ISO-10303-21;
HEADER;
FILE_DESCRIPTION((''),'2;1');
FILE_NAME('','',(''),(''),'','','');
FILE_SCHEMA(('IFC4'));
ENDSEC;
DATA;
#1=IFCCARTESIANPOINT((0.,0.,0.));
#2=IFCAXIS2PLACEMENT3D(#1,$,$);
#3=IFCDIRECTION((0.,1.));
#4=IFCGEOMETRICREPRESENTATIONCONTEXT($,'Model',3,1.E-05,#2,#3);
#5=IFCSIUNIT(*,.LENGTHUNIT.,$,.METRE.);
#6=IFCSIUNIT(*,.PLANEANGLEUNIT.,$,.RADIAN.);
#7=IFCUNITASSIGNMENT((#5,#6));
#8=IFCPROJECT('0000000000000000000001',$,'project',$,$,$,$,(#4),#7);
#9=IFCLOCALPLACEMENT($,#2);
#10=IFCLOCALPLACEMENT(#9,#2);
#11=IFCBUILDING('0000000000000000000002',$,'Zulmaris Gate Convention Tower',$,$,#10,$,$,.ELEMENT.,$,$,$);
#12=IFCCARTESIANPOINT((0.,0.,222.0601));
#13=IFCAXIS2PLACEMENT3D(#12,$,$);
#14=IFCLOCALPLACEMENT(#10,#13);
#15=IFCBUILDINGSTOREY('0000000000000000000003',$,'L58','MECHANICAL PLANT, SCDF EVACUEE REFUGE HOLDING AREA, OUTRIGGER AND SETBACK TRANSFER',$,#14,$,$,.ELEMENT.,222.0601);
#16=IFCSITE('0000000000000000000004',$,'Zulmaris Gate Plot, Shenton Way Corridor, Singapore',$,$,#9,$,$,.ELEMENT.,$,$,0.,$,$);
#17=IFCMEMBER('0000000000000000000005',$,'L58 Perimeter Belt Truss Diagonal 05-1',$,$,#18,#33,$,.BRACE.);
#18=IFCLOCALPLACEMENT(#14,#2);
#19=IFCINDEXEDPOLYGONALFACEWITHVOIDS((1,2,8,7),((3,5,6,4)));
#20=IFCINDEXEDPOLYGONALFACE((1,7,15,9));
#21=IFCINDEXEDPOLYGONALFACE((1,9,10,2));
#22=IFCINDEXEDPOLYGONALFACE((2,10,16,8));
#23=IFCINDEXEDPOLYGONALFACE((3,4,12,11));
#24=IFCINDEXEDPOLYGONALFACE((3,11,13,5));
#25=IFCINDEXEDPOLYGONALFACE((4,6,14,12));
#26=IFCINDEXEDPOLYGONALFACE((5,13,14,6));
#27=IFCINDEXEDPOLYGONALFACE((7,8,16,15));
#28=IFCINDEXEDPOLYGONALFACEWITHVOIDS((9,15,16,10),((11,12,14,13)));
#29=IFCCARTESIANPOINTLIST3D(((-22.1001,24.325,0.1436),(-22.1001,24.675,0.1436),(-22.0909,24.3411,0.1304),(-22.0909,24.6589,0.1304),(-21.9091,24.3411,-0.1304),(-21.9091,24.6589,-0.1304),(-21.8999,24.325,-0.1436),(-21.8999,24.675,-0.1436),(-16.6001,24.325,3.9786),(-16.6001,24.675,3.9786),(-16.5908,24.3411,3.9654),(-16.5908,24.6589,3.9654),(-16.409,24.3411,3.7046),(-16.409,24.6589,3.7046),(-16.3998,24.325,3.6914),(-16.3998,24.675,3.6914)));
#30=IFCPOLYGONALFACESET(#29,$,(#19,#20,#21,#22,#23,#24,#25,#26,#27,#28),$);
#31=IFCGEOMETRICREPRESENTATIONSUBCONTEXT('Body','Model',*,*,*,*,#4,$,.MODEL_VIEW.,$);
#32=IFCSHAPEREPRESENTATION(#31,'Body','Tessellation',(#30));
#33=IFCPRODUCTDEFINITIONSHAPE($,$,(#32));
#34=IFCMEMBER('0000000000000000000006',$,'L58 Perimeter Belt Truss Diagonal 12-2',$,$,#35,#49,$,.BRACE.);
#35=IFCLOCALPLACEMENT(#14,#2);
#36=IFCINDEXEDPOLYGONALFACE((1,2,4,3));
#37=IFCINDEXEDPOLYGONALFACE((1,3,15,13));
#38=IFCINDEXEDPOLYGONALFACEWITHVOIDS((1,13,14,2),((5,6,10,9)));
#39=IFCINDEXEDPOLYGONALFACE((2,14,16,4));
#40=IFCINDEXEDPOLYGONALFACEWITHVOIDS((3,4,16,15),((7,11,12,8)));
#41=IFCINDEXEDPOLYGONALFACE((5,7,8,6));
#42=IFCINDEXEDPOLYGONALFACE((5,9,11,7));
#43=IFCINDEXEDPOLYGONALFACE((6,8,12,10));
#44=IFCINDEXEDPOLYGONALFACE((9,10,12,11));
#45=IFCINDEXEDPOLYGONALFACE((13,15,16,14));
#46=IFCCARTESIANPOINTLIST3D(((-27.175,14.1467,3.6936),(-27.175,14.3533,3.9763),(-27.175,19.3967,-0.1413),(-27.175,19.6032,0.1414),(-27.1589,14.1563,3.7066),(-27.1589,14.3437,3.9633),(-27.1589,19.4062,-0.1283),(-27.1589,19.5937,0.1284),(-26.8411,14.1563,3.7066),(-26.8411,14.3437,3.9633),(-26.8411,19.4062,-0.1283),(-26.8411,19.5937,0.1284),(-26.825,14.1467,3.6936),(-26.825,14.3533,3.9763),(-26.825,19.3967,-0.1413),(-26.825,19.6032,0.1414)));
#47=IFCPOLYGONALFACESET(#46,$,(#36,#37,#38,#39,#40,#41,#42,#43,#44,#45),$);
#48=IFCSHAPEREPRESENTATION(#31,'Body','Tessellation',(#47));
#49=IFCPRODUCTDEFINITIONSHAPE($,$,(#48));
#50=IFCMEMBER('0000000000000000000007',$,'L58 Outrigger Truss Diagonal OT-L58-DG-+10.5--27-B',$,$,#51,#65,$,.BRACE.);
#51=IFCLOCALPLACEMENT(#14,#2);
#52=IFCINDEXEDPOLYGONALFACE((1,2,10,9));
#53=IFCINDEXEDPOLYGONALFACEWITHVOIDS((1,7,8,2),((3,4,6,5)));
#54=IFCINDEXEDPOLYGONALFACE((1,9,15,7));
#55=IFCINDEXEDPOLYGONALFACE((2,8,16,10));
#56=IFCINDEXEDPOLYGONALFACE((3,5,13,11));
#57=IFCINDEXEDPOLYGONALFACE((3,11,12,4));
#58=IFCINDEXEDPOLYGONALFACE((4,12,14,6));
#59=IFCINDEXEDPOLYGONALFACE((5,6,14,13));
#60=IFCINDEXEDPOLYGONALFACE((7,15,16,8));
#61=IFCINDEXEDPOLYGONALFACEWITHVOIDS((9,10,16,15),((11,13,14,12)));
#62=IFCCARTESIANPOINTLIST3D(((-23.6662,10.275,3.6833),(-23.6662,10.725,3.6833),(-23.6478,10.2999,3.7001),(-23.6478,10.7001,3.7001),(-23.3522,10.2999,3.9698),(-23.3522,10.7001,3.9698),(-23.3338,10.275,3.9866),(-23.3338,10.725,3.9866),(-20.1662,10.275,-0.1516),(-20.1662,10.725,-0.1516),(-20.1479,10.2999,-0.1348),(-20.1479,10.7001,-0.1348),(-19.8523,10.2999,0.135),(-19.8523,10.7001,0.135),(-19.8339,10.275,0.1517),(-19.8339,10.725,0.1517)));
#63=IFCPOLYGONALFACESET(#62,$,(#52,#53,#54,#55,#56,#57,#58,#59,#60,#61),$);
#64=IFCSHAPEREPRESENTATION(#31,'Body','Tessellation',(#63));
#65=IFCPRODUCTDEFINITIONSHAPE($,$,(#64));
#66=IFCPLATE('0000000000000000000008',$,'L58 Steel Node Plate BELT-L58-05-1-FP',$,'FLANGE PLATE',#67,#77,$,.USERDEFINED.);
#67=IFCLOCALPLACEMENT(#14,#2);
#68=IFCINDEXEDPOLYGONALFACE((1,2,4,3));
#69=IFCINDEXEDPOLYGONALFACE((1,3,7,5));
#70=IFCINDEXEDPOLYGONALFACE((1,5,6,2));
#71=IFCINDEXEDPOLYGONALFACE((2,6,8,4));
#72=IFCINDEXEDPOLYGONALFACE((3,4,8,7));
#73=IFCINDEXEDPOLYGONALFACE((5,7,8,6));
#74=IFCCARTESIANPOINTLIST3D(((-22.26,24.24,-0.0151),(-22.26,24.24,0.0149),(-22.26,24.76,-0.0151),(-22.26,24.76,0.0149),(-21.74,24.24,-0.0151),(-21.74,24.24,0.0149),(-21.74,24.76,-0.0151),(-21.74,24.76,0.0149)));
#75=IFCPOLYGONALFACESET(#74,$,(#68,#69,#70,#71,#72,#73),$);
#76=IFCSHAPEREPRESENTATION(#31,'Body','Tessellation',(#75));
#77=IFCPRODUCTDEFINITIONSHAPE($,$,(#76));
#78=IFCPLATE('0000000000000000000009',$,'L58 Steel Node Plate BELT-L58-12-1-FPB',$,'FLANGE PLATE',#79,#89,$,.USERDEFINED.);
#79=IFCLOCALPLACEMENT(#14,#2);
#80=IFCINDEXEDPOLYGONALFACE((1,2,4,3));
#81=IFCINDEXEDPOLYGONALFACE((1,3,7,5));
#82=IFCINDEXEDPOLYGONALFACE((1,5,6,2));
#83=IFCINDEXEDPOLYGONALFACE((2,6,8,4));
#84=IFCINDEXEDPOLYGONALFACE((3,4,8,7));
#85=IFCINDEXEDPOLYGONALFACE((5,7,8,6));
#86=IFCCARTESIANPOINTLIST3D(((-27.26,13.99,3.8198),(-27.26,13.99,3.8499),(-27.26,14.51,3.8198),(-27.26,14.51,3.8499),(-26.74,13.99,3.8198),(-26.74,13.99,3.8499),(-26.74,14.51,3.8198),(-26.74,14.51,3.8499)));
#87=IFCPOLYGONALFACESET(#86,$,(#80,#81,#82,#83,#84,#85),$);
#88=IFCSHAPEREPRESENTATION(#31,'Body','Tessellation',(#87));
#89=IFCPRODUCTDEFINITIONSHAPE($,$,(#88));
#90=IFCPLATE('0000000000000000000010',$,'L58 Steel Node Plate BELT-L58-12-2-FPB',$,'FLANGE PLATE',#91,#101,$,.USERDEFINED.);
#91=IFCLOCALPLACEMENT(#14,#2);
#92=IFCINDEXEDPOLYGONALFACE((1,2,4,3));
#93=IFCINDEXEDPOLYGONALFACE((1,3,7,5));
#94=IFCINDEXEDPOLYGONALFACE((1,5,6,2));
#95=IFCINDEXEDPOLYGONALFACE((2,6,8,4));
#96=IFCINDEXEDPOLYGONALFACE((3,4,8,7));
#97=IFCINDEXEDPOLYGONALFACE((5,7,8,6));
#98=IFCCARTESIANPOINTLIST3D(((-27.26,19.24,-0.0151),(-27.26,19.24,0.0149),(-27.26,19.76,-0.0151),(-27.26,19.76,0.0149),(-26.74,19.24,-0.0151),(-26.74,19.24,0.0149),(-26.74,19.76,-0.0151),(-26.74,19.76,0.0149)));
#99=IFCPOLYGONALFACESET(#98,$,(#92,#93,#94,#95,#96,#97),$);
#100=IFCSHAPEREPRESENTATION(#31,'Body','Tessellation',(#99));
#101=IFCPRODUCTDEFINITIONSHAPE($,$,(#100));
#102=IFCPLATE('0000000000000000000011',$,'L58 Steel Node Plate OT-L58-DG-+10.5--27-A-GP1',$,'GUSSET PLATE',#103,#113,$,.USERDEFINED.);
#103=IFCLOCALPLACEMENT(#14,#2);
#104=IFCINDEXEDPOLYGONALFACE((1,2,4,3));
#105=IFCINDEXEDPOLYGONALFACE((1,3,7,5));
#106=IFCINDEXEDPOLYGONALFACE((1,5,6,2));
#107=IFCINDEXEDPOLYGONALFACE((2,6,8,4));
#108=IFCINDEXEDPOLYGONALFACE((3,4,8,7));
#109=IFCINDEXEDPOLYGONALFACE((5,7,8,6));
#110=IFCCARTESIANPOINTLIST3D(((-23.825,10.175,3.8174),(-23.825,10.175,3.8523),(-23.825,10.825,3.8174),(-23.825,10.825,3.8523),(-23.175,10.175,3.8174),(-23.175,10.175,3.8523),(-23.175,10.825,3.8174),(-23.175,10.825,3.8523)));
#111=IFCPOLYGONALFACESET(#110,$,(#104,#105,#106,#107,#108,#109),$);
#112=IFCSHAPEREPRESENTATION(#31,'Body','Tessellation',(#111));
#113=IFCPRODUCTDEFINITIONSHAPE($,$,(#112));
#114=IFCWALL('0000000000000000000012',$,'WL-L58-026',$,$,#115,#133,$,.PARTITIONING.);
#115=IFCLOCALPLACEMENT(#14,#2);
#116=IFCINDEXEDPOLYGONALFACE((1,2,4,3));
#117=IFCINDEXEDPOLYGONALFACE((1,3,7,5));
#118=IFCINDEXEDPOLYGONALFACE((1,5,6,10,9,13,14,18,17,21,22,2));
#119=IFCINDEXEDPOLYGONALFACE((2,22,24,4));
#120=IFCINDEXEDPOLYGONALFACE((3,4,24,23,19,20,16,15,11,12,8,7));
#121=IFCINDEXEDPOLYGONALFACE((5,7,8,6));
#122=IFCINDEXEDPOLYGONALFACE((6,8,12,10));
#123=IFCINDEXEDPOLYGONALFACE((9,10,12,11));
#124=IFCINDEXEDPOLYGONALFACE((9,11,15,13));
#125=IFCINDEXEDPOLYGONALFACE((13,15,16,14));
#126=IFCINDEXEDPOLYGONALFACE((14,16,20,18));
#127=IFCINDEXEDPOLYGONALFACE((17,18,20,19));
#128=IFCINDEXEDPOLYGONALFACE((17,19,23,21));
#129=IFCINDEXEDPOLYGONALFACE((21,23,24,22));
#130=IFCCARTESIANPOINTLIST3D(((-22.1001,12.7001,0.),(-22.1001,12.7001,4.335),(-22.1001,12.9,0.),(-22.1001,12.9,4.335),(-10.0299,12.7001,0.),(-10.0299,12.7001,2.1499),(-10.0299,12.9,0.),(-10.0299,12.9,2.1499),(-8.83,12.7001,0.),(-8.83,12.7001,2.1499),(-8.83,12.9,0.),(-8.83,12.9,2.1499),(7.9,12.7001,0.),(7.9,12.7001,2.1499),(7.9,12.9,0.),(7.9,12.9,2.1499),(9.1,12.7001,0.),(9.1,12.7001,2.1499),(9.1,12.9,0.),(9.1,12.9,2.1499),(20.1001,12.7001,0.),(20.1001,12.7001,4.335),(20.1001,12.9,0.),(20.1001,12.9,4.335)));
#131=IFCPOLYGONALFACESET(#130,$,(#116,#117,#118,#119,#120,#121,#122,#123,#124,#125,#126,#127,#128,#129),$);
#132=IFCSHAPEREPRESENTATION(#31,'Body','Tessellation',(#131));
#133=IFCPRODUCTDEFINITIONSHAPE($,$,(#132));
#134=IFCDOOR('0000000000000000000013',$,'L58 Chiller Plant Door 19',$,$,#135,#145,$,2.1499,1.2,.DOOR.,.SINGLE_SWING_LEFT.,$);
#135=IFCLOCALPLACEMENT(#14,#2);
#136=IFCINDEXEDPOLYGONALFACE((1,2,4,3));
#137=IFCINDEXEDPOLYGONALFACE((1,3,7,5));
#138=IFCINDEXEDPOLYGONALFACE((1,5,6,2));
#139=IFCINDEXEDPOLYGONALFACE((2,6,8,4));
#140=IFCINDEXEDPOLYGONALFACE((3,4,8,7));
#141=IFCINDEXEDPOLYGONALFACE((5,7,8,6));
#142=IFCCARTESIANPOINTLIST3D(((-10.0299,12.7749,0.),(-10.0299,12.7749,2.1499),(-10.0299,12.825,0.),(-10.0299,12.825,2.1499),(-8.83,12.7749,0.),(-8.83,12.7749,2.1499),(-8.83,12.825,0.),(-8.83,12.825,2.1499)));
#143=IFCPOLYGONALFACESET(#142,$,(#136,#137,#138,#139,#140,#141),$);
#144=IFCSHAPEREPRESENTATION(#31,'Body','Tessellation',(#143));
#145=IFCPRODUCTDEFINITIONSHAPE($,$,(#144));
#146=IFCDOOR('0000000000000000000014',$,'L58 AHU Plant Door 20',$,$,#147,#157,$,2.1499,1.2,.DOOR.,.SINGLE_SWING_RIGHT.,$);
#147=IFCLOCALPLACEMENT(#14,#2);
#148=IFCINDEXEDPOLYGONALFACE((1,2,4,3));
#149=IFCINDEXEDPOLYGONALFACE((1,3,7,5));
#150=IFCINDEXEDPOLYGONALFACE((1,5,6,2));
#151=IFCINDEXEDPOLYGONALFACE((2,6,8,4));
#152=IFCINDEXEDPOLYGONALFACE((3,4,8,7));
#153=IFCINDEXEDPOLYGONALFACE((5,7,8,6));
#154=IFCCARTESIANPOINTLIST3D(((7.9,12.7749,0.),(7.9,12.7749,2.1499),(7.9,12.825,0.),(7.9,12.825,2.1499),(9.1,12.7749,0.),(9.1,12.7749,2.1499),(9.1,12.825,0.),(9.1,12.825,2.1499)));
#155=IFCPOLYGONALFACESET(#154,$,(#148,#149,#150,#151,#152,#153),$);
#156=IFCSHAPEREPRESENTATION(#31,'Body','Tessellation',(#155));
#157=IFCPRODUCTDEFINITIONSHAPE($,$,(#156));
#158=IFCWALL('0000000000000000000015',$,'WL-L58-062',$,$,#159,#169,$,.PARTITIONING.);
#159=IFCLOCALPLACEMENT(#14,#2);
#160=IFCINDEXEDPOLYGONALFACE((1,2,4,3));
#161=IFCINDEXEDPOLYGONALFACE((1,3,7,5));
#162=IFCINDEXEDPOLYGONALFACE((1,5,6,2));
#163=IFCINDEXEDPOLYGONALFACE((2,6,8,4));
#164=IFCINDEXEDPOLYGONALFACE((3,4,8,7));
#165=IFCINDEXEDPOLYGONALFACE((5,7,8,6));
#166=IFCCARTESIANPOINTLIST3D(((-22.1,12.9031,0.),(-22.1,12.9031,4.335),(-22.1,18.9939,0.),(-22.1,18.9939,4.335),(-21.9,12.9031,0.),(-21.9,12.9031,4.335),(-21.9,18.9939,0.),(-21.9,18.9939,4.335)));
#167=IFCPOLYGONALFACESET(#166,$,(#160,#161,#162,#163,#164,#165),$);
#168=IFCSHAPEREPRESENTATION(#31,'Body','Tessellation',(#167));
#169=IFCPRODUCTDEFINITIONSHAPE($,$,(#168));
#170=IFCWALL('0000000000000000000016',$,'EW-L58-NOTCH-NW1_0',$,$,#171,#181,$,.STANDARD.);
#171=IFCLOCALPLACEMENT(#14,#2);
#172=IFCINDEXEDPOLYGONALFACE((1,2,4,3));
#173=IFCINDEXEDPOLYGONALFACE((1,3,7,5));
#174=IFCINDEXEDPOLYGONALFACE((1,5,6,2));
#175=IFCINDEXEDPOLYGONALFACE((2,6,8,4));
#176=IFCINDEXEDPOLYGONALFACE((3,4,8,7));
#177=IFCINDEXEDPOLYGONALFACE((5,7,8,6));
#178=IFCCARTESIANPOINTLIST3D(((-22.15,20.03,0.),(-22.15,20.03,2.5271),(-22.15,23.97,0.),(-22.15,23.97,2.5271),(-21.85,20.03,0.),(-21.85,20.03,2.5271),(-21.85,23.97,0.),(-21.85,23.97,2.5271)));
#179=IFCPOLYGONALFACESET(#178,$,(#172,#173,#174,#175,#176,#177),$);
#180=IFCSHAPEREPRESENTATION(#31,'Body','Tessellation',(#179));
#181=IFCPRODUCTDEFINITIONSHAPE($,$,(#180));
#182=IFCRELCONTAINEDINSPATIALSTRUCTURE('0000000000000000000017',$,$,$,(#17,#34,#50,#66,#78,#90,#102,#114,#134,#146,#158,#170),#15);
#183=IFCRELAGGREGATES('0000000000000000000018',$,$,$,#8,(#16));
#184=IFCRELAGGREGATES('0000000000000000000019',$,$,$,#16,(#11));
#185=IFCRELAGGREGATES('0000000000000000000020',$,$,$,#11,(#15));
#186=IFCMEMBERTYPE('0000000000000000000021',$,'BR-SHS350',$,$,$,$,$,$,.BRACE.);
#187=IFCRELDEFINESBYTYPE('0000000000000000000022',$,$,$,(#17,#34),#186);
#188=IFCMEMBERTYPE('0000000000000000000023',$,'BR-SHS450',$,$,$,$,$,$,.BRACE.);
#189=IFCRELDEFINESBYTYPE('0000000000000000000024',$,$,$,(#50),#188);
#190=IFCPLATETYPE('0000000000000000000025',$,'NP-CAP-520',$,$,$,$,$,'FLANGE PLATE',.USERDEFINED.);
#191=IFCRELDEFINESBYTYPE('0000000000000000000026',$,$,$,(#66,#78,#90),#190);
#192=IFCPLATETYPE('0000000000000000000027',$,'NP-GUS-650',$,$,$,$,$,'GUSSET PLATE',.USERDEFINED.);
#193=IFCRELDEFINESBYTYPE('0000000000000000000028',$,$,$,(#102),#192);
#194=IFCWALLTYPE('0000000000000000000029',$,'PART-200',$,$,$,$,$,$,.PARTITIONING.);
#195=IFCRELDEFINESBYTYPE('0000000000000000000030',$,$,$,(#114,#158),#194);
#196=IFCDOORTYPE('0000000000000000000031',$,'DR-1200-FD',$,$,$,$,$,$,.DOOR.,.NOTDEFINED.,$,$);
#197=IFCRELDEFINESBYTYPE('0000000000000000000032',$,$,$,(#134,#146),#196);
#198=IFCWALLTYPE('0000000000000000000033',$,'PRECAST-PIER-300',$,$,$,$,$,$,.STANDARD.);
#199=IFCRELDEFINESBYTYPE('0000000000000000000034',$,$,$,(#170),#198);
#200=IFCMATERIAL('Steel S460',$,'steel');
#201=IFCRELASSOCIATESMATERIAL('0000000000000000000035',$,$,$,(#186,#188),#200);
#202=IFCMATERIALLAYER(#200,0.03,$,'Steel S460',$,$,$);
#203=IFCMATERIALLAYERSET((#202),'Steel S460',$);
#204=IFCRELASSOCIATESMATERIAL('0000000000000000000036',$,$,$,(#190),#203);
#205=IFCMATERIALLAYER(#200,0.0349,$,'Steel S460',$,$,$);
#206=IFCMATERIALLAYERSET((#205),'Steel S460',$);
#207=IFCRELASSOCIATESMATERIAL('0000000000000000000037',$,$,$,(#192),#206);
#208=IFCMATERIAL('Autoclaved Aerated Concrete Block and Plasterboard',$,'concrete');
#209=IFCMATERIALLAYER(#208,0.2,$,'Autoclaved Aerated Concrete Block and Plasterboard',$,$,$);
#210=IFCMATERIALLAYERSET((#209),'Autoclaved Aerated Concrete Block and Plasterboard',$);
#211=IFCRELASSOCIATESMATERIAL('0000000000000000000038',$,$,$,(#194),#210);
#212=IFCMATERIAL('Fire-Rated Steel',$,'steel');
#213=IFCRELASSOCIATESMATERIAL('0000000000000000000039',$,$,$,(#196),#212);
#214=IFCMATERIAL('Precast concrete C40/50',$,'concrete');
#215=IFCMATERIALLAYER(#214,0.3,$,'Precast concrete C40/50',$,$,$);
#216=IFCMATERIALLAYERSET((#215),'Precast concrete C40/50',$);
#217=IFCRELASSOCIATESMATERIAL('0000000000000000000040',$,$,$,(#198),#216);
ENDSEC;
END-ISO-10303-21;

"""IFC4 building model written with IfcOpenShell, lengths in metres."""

from ifc_helpers import new_model, si_unit, direction, frame, frame_2d, origin, origin_2d, place, context, subcontext, project, spatial, rectangle, hollow_rectangle, extrude, material, layer, layer_set, material_profile, profile_set, type_object, element, fill, save


model = new_model("IFC4")

# Units and contexts
model_context = context("Model", 3, precision=1e-05, world=origin(), true_north=direction((0.0, 1.0)))
body_context = subcontext(model_context, "Body", "Model", "MODEL_VIEW")
ifc_project = project(units=[si_unit("LENGTHUNIT", "METRE"), si_unit("PLANEANGLEUNIT", "RADIAN")], contexts=[model_context])

# Site, building, storey
site_placement = place(None, origin())
site = spatial("IfcSite", under=ifc_project, at=site_placement, Name="Zulmaris Gate Plot, Shenton Way Corridor, Singapore", CompositionType="ELEMENT", RefElevation=0.0)
building_placement = place(site_placement, origin())
building = spatial("IfcBuilding", under=site, at=building_placement, Name="Zulmaris Gate Convention Tower", CompositionType="ELEMENT")
storey_placement = place(building_placement, frame((0.0, 0.0, 222.0601)))
storey = spatial("IfcBuildingStorey", under=building, at=storey_placement, Name="L58", Description="MECHANICAL PLANT, SCDF EVACUEE REFUGE HOLDING AREA, OUTRIGGER AND SETBACK TRANSFER", CompositionType="ELEMENT", Elevation=222.0601)

# Shared definitions
ifc_material_1 = material(Name="Steel S460", Category="steel")

# Members
ifc_material_profile_1 = material_profile(ifc_material_1, hollow_rectangle(XDim=0.3501, YDim=0.3501, WallThickness=0.0161, at=origin_2d()), Name="SHS 350x350x16")
ifc_profile_set_1 = profile_set([ifc_material_profile_1], Name="Steel S460")
member_type_1 = type_object("IfcMemberType", Name="BR-SHS350", PredefinedType="BRACE", material=ifc_profile_set_1)
member_1_placement = place(storey_placement, frame((-22.0, 24.5, 0.0), z_axis=(0.820284, 0.0, 0.571956), x_axis=(0.0, 1.0, 0.0)))
element("IfcMember", 1, at=member_1_placement, inside=storey, type_object=member_type_1, Name="L58 Perimeter Belt Truss Diagonal 05-1", PredefinedType="BRACE", context=body_context, shape_type="SweptSolid", body=[
    extrude(hollow_rectangle(XDim=0.3501, YDim=0.3501, WallThickness=0.0161, at=origin_2d()), origin(), (0.0, 0.0, 1.0), 6.7051),
])
member_2_placement = place(storey_placement, frame((-27.0, 14.25, 3.835), z_axis=(0.0, 0.807507, -0.589858), x_axis=(-1.0, 0.0, 0.0)))
element("IfcMember", 2, at=member_2_placement, inside=storey, type_object=member_type_1, Name="L58 Perimeter Belt Truss Diagonal 12-2", PredefinedType="BRACE", context=body_context, shape_type="SweptSolid", body=[
    extrude(hollow_rectangle(XDim=0.3501, YDim=0.3501, WallThickness=0.0161, at=origin_2d()), origin(), (0.0, 0.0, 1.0), 6.5015),
])
ifc_material_profile_2 = material_profile(ifc_material_1, hollow_rectangle(XDim=0.45, YDim=0.45, WallThickness=0.0249, at=origin_2d()), Name="SHS 450x450x25")
ifc_profile_set_2 = profile_set([ifc_material_profile_2], Name="Steel S460")
member_type_2 = type_object("IfcMemberType", Name="BR-SHS450", PredefinedType="BRACE", material=ifc_profile_set_2)
member_3_placement = place(storey_placement, frame((-23.5, 10.5, 3.835), z_axis=(0.674113, 0.0, -0.738628), x_axis=(0.0, 1.0, 0.0)))
element("IfcMember", 3, at=member_3_placement, inside=storey, type_object=member_type_2, Name="L58 Outrigger Truss Diagonal OT-L58-DG-+10.5--27-B", PredefinedType="BRACE", context=body_context, shape_type="SweptSolid", body=[
    extrude(hollow_rectangle(XDim=0.45, YDim=0.45, WallThickness=0.0249, at=origin_2d()), origin(), (0.0, 0.0, 1.0), 5.1919),
])

# Plates
ifc_layer_1 = layer(ifc_material_1, 0.03, Name="Steel S460")
ifc_layer_set_1 = layer_set([ifc_layer_1], Name="Steel S460")
plate_type_1 = type_object("IfcPlateType", Name="NP-CAP-520", ElementType="FLANGE PLATE", PredefinedType="USERDEFINED", material=ifc_layer_set_1)
for number, where, z_axis, x_axis, name in (
    (4, (-22.0, 24.5, -0.0151), (0.0, 0.0, 1.0), (1.0, 0.0, 0.0), "L58 Steel Node Plate BELT-L58-05-1-FP"),
    (5, (-27.0, 14.25, 3.8198), (0.0, 0.0, 1.0), (1.0, 0.0, 0.0), "L58 Steel Node Plate BELT-L58-12-1-FPB"),
    (6, (-27.0, 19.5, -0.0151), (0.0, 0.0, 1.0), (1.0, 0.0, 0.0), "L58 Steel Node Plate BELT-L58-12-2-FPB"),
):
    element("IfcPlate", number, at=place(storey_placement, frame(where, z_axis=z_axis, x_axis=x_axis)), inside=storey, type_object=plate_type_1, Name=name, ObjectType="FLANGE PLATE", PredefinedType="USERDEFINED", context=body_context, shape_type="SweptSolid", body=[
        extrude(rectangle(XDim=0.52, YDim=0.52, at=origin_2d()), origin(), (0.0, 0.0, 1.0), 0.03),
    ])
ifc_layer_2 = layer(ifc_material_1, 0.0349, Name="Steel S460")
ifc_layer_set_2 = layer_set([ifc_layer_2], Name="Steel S460")
plate_type_2 = type_object("IfcPlateType", Name="NP-GUS-650", ElementType="GUSSET PLATE", PredefinedType="USERDEFINED", material=ifc_layer_set_2)
plate_placement = place(storey_placement, frame((-23.5, 10.5, 3.8174), z_axis=(0.0, 0.0, 1.0), x_axis=(1.0, 0.0, 0.0)))
element("IfcPlate", 7, at=plate_placement, inside=storey, type_object=plate_type_2, Name="L58 Steel Node Plate OT-L58-DG-+10.5--27-A-GP1", ObjectType="GUSSET PLATE", PredefinedType="USERDEFINED", context=body_context, shape_type="SweptSolid", body=[
    extrude(rectangle(XDim=0.6499, YDim=0.6499, at=origin_2d()), origin(), (0.0, 0.0, 1.0), 0.0349),
])

# Wall, openings, doors
ifc_material_2 = material(Name="Autoclaved Aerated Concrete Block and Plasterboard", Category="concrete")
ifc_layer_3 = layer(ifc_material_2, 0.2, Name="Autoclaved Aerated Concrete Block and Plasterboard")
ifc_layer_set_3 = layer_set([ifc_layer_3], Name="Autoclaved Aerated Concrete Block and Plasterboard")
wall_type_1 = type_object("IfcWallType", Name="PART-200", PredefinedType="PARTITIONING", material=ifc_layer_set_3)
wall_1_placement = place(storey_placement, frame((-22.1001, 12.8, 0.0), z_axis=(0.0, 0.0, 1.0), x_axis=(1.0, 0.0, 0.0)))
wall_1 = element("IfcWall", 8, at=wall_1_placement, inside=storey, type_object=wall_type_1, Name="WL-L58-026", PredefinedType="PARTITIONING", context=body_context, shape_type="SweptSolid", body=[
    extrude(rectangle(XDim=42.2002, YDim=0.2, at=frame_2d((21.1001, 0.0))), origin(), (0.0, 0.0, 1.0), 4.335),
])
opening_1_placement = place(wall_1_placement, frame((12.0701, 0.0, 0.0)))
opening_1 = element("IfcOpeningElement", 9, at=opening_1_placement, cuts=wall_1, PredefinedType="OPENING", context=body_context, shape_type="SweptSolid", body=[
    extrude(rectangle(XDim=1.2, YDim=2.1499, at=frame_2d((0.6001, 1.075))), frame((0.0, 0.1099, 0.0), z_axis=(0.0, -1.0, 0.0), x_axis=(1.0, 0.0, 0.0)), (0.0, 0.0, 1.0), 0.22),
])
opening_2_placement = place(wall_1_placement, frame((30.0, 0.0, 0.0)))
opening_2 = element("IfcOpeningElement", 10, at=opening_2_placement, cuts=wall_1, PredefinedType="OPENING", context=body_context, shape_type="SweptSolid", body=[
    extrude(rectangle(XDim=1.2, YDim=2.1499, at=frame_2d((0.6001, 1.075))), frame((0.0, 0.1099, 0.0), z_axis=(0.0, -1.0, 0.0), x_axis=(1.0, 0.0, 0.0)), (0.0, 0.0, 1.0), 0.22),
])
ifc_material_3 = material(Name="Fire-Rated Steel", Category="steel")
door_type = type_object("IfcDoorType", Name="DR-1200-FD", OperationType="NOTDEFINED", PredefinedType="DOOR", material=ifc_material_3)
door_1_placement = place(opening_1_placement, origin())
door_1 = element("IfcDoor", 11, at=door_1_placement, inside=storey, type_object=door_type, Name="L58 Chiller Plant Door 19", OperationType="SINGLE_SWING_LEFT", OverallHeight=2.1499, OverallWidth=1.2, PredefinedType="DOOR", context=body_context, shape_type="SweptSolid", body=[
    extrude(rectangle(XDim=1.2, YDim=2.1499, at=frame_2d((0.6001, 1.075))), frame((0.0, 0.0249, 0.0), z_axis=(0.0, -1.0, 0.0), x_axis=(1.0, 0.0, 0.0)), (0.0, 0.0, 1.0), 0.05),
])
fill(opening_1, door_1)
door_2_placement = place(opening_2_placement, origin())
door_2 = element("IfcDoor", 12, at=door_2_placement, inside=storey, type_object=door_type, Name="L58 AHU Plant Door 20", OperationType="SINGLE_SWING_RIGHT", OverallHeight=2.1499, OverallWidth=1.2, PredefinedType="DOOR", context=body_context, shape_type="SweptSolid", body=[
    extrude(rectangle(XDim=1.2, YDim=2.1499, at=frame_2d((0.6001, 1.075))), frame((0.0, 0.0249, 0.0), z_axis=(0.0, -1.0, 0.0), x_axis=(1.0, 0.0, 0.0)), (0.0, 0.0, 1.0), 0.05),
])
fill(opening_2, door_2)

# Walls
wall_2_placement = place(storey_placement, frame((-22.0, 12.9031, 0.0), z_axis=(0.0, 0.0, 1.0), x_axis=(0.0, 1.0, 0.0)))
element("IfcWall", 13, at=wall_2_placement, inside=storey, type_object=wall_type_1, Name="WL-L58-062", PredefinedType="PARTITIONING", context=body_context, shape_type="SweptSolid", body=[
    extrude(rectangle(XDim=6.0908, YDim=0.2, at=frame_2d((3.0454, 0.0))), origin(), (0.0, 0.0, 1.0), 4.335),
])
ifc_material_4 = material(Name="Precast concrete C40/50", Category="concrete")
ifc_layer_4 = layer(ifc_material_4, 0.3, Name="Precast concrete C40/50")
ifc_layer_set_4 = layer_set([ifc_layer_4], Name="Precast concrete C40/50")
wall_type_2 = type_object("IfcWallType", Name="PRECAST-PIER-300", PredefinedType="STANDARD", material=ifc_layer_set_4)
wall_3_placement = place(storey_placement, frame((-22.0, 23.97, 0.0), z_axis=(0.0, 0.0, 1.0), x_axis=(0.0, -1.0, 0.0)))
element("IfcWall", 14, at=wall_3_placement, inside=storey, type_object=wall_type_2, Name="EW-L58-NOTCH-NW1_0", PredefinedType="STANDARD", context=body_context, shape_type="SweptSolid", body=[
    extrude(rectangle(XDim=3.9399, YDim=0.3, at=frame_2d((1.97, 0.0))), origin(), (0.0, 0.0, 1.0), 2.5271),
])

save(model, "model.ifc")
